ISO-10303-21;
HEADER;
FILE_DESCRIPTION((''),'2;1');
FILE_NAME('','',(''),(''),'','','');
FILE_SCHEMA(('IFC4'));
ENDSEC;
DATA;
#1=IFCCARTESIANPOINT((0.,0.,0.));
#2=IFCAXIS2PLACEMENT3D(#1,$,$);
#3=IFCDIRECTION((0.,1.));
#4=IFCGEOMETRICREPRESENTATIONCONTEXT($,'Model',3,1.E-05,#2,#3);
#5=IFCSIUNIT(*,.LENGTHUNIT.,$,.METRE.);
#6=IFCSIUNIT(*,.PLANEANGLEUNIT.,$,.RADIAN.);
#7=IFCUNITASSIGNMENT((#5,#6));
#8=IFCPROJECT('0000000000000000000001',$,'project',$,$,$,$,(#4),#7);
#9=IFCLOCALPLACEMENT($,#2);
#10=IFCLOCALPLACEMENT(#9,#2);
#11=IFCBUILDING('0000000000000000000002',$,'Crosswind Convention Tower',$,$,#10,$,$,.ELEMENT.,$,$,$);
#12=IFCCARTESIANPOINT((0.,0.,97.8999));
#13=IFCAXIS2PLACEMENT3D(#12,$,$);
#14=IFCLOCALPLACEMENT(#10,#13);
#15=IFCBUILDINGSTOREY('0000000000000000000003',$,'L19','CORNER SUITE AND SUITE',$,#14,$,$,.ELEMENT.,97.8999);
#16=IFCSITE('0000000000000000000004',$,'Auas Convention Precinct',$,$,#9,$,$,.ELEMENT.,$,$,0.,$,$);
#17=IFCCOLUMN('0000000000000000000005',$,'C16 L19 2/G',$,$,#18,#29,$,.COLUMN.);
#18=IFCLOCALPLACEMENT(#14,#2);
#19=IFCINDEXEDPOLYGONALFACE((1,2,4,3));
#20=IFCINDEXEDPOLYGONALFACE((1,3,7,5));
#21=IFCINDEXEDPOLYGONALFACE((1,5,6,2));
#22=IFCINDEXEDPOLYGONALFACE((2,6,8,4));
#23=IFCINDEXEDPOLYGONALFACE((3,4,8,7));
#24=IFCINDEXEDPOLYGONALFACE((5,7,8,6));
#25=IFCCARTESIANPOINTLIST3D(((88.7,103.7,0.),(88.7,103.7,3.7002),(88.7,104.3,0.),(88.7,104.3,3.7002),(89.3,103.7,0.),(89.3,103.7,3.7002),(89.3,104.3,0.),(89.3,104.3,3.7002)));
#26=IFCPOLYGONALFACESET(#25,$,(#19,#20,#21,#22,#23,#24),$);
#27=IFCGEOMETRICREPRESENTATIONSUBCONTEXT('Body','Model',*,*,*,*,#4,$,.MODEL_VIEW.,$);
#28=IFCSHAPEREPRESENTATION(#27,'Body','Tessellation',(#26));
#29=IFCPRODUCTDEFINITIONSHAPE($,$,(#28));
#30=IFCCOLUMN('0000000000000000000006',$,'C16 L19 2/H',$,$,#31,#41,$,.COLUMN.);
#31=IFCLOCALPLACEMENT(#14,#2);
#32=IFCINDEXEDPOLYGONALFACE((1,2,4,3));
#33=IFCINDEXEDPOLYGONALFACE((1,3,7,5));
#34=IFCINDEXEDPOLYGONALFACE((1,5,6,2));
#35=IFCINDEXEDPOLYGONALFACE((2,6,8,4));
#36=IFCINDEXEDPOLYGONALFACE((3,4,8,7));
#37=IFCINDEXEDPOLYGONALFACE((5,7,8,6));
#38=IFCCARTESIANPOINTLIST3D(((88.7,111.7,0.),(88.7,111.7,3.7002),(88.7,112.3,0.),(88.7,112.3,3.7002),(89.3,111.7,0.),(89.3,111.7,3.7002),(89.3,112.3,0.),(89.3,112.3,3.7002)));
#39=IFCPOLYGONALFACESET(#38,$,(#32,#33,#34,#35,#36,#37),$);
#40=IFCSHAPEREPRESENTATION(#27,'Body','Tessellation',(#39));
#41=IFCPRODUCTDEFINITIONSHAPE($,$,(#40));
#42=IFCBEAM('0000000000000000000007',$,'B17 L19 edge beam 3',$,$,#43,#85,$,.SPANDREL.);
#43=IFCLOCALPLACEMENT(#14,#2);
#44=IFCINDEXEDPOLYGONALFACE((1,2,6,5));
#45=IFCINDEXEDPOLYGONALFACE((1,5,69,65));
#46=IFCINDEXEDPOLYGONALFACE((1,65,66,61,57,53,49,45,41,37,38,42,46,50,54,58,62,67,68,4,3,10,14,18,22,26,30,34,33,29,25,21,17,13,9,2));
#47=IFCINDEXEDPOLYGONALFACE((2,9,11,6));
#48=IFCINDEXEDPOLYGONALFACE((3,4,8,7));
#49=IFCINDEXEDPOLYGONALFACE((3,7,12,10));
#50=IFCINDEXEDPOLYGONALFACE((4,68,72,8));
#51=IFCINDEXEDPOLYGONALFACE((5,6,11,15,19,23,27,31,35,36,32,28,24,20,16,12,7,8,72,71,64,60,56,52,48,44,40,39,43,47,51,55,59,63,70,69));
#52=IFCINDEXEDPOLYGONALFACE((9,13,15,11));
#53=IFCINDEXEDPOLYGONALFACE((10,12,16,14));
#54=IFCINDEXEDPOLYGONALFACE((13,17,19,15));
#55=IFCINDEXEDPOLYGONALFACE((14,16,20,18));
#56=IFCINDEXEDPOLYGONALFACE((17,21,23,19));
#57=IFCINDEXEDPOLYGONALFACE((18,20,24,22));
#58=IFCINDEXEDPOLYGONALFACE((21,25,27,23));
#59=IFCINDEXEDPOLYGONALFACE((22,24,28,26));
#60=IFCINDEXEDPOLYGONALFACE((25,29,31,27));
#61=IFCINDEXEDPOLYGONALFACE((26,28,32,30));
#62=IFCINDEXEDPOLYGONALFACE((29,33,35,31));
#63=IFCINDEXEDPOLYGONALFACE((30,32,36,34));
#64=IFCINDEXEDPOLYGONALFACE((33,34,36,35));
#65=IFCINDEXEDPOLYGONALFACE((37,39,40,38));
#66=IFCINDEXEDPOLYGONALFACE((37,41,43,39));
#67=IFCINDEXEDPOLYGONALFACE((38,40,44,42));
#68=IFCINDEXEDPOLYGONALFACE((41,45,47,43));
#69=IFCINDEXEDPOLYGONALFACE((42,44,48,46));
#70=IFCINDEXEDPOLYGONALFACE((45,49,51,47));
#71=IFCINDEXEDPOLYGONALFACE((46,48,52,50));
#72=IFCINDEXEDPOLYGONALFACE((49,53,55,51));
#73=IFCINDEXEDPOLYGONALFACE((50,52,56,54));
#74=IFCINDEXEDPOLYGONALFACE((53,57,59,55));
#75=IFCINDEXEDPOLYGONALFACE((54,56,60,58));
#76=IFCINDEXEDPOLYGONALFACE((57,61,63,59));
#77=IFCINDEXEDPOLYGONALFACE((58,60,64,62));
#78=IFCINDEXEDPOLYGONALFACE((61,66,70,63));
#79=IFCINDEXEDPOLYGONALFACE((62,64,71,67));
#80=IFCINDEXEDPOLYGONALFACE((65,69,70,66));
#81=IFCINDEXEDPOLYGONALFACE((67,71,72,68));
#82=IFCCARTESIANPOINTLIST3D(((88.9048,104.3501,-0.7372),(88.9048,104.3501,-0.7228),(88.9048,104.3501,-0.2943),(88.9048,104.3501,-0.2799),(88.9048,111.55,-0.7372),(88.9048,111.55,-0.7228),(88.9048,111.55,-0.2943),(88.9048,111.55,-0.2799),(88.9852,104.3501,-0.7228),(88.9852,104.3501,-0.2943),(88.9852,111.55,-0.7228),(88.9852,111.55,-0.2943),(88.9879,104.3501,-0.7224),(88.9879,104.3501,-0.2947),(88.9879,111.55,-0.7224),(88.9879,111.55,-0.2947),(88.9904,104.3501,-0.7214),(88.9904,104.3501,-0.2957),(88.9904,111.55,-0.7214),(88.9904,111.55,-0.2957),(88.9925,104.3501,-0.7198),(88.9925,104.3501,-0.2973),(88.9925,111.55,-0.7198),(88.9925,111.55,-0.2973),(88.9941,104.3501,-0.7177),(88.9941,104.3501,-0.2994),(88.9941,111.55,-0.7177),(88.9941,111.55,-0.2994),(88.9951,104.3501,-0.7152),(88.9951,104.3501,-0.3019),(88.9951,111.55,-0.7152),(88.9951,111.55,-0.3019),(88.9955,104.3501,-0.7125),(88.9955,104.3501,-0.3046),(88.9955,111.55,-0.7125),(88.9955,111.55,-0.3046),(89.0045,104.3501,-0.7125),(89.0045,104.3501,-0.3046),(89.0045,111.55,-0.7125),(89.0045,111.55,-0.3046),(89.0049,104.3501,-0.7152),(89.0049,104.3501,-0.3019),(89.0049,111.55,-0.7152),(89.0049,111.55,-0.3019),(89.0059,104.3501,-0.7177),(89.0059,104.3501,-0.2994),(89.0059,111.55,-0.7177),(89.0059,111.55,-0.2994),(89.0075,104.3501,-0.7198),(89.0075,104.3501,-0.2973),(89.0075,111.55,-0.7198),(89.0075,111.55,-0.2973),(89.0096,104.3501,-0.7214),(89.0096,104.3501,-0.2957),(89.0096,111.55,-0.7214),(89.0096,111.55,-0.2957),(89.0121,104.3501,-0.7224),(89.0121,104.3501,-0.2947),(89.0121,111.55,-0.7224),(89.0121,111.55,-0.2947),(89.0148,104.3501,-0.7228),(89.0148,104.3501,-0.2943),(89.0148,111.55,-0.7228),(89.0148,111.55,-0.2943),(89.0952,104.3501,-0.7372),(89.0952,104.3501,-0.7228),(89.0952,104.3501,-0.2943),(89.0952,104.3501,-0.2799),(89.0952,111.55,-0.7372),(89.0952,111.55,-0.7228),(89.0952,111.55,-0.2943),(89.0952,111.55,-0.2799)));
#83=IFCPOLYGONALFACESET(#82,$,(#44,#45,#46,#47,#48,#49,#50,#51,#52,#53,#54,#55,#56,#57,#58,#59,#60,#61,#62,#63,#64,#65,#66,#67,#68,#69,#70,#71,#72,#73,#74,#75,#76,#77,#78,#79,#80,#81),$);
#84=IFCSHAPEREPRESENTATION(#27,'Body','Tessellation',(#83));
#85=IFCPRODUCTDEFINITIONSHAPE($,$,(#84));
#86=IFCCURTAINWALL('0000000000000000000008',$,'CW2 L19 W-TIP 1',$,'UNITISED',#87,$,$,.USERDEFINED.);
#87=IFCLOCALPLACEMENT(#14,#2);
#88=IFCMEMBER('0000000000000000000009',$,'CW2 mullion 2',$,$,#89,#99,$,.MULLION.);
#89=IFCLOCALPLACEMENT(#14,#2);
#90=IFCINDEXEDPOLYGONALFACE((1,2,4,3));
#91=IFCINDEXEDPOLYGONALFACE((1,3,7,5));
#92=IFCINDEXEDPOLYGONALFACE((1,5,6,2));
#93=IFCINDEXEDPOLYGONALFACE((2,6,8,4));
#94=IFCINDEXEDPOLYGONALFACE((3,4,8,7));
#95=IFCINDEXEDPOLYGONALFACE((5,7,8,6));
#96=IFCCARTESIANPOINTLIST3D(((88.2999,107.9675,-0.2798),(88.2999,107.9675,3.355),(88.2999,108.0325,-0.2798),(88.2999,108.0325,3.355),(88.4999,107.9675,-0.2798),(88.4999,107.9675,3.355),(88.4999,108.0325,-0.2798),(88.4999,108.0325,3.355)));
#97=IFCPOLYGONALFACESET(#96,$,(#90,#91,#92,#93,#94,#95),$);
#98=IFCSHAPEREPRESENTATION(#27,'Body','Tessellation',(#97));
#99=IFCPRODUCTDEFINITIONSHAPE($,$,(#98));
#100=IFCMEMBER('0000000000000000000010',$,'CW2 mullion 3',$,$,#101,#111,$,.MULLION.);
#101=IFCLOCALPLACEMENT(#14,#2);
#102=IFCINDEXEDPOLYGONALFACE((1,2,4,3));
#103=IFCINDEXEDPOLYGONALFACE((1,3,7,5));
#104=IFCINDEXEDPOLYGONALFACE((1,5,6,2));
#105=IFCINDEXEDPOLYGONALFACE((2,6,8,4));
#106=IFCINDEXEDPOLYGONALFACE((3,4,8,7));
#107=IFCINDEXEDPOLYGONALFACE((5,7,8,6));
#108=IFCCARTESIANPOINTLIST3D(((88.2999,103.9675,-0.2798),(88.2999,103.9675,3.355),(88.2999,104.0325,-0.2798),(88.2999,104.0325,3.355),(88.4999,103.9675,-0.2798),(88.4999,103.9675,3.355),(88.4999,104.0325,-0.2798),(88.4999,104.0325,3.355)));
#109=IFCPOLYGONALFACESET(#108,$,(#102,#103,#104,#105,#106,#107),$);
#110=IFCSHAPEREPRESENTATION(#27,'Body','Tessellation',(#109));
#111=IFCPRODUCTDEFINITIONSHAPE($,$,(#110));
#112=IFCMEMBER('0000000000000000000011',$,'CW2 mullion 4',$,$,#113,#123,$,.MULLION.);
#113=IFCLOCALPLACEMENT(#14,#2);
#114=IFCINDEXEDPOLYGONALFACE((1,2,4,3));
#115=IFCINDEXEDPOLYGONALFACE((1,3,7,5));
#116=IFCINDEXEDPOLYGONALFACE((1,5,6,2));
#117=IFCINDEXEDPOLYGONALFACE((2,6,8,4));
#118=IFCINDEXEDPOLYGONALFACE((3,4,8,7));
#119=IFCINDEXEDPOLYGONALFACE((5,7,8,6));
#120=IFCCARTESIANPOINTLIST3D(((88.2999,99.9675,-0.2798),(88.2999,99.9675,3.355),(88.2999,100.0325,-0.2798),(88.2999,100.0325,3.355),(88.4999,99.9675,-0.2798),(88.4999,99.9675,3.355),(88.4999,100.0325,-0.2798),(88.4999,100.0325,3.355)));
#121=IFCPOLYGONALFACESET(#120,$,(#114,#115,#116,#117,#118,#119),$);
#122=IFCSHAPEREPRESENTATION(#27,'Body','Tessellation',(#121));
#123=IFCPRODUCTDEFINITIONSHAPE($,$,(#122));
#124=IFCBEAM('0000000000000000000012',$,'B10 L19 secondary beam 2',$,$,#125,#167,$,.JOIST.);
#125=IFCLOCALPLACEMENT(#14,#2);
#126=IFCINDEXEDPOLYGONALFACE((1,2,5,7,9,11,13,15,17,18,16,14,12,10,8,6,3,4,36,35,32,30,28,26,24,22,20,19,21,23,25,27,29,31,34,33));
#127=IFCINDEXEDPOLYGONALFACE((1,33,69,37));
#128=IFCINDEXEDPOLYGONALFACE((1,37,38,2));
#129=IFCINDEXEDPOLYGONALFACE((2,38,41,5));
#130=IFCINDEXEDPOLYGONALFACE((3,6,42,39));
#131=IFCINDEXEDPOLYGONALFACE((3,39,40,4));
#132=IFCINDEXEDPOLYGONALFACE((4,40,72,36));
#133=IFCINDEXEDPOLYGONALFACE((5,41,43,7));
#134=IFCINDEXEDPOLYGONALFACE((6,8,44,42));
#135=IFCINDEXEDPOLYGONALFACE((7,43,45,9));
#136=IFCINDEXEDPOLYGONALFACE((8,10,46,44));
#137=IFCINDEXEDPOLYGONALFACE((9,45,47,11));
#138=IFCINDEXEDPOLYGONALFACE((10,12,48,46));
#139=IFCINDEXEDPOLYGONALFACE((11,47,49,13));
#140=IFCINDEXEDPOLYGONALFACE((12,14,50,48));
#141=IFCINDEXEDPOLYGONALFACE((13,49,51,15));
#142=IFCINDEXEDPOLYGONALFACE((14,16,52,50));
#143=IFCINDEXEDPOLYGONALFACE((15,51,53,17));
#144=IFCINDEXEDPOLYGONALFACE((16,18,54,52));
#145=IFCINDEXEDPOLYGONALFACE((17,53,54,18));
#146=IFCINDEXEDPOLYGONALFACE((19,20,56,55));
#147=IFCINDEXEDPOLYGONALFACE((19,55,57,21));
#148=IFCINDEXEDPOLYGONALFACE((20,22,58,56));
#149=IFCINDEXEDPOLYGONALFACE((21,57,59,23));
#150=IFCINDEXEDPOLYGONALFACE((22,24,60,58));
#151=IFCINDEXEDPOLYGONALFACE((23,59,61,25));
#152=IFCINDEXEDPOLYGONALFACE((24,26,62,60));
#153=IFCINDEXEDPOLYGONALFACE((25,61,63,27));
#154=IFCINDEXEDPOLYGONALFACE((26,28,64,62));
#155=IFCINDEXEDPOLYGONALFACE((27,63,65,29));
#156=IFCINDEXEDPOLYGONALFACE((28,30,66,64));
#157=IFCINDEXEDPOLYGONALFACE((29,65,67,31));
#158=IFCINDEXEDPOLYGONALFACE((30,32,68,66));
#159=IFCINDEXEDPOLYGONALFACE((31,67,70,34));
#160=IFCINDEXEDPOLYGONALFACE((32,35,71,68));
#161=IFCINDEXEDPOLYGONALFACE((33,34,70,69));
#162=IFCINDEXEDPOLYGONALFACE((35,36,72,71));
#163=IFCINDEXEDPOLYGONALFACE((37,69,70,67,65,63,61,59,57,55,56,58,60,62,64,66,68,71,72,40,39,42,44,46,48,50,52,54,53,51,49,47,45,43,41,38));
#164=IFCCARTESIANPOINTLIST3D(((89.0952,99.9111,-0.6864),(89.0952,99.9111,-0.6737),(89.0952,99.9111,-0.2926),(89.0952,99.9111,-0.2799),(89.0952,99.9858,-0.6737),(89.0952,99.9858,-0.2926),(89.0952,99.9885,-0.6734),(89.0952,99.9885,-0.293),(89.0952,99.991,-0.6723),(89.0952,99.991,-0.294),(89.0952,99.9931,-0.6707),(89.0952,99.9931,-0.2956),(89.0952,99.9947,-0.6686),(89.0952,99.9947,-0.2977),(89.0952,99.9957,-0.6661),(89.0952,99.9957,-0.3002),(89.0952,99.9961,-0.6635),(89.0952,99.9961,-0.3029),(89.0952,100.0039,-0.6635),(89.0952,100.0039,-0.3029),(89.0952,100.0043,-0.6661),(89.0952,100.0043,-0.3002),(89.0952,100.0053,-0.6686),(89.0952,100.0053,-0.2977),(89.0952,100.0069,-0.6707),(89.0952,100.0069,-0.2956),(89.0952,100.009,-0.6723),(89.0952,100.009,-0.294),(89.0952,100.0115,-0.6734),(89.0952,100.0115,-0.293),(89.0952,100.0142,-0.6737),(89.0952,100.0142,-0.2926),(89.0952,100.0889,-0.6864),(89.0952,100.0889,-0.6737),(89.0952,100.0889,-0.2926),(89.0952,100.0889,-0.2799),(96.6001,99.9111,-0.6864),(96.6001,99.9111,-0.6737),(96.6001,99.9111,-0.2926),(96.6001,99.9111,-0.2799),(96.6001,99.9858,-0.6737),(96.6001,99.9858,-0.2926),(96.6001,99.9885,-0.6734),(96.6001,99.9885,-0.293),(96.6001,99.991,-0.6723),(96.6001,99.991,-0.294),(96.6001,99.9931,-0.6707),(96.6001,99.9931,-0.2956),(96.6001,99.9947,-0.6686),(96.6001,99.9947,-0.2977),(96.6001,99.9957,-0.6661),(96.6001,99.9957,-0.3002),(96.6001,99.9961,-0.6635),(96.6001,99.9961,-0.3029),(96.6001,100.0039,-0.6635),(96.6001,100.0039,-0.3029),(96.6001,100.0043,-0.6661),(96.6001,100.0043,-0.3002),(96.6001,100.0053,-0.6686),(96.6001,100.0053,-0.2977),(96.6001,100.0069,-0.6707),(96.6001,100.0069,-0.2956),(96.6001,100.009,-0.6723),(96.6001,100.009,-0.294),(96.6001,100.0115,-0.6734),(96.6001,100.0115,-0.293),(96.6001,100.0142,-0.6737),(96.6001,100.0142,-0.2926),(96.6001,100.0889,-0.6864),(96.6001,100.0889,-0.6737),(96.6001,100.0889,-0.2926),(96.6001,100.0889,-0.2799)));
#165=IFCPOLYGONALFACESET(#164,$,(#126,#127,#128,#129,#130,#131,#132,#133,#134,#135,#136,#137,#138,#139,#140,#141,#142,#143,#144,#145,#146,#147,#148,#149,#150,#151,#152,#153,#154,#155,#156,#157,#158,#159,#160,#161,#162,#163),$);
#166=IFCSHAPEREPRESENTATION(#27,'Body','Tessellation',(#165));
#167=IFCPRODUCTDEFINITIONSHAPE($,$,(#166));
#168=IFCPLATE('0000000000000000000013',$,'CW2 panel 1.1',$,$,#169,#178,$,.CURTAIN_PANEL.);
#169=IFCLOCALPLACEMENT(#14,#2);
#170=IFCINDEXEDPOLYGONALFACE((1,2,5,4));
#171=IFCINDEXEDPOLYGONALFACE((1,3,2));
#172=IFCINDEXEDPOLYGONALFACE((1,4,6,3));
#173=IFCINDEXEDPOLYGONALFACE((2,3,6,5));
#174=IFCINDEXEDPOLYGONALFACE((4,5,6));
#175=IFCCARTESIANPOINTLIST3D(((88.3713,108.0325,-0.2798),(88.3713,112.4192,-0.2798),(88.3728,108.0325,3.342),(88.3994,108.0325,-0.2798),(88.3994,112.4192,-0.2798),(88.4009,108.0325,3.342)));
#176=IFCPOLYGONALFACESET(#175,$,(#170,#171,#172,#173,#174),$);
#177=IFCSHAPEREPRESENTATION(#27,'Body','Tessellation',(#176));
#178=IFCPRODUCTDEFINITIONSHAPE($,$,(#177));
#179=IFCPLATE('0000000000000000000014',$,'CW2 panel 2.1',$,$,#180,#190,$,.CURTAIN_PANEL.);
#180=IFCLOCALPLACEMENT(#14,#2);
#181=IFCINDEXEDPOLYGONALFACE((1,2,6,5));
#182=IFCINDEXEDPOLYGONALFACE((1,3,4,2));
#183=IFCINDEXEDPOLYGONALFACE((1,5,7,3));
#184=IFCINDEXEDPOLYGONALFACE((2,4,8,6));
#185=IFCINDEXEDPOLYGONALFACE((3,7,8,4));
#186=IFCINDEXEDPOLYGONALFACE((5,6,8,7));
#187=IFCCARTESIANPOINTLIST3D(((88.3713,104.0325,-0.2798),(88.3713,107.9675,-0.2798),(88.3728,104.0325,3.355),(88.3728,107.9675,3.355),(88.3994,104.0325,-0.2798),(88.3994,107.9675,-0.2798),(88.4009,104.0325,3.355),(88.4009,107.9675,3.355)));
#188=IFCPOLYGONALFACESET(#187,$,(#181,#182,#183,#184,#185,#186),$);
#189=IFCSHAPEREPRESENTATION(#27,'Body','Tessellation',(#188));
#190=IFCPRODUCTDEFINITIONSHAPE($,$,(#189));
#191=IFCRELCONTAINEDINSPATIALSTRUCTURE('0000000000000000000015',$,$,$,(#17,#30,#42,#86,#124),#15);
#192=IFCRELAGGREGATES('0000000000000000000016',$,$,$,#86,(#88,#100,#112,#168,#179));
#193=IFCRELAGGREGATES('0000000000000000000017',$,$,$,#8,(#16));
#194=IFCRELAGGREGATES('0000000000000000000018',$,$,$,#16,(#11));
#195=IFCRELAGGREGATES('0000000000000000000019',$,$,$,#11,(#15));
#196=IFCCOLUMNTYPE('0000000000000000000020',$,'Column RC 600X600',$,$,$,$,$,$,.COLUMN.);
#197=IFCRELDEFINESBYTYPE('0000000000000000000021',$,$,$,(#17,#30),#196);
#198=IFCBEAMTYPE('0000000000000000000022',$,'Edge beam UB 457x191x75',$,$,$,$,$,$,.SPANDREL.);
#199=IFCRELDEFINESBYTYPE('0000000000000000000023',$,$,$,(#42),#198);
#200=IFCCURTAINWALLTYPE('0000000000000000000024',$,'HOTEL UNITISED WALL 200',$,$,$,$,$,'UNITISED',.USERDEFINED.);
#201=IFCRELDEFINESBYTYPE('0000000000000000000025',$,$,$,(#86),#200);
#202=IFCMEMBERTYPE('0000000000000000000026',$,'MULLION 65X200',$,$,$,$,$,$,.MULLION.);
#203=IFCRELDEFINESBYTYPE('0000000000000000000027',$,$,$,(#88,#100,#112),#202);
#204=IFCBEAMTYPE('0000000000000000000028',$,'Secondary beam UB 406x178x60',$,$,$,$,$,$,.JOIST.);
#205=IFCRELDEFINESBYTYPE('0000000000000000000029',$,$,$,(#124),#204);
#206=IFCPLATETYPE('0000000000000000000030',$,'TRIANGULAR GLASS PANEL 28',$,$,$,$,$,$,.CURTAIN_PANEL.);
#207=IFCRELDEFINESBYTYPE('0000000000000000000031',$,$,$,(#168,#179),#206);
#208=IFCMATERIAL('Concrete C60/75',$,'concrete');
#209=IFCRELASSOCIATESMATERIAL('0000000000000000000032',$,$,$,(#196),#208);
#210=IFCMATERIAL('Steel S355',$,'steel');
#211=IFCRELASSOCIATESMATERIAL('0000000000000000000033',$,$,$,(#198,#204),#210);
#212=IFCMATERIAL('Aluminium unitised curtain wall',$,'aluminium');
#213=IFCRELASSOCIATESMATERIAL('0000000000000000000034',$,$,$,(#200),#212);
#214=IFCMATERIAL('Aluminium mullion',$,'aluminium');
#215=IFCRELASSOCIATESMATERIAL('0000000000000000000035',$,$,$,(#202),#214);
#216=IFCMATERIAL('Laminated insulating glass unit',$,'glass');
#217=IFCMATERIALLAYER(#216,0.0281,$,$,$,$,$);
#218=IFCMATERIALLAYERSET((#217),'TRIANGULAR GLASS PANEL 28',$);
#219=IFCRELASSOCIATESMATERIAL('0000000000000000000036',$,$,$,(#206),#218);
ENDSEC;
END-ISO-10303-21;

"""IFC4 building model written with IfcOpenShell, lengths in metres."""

from ifc_helpers import new_model, si_unit, direction, frame, origin, origin_2d, place, context, subcontext, project, spatial, polyline, rectangle, i_section, outline, extrude, material, layer, layer_set, material_profile, profile_set, type_object, element, aggregate, save


model = new_model("IFC4")

# Units and contexts
model_context = context("Model", 3, precision=1e-05, world=origin(), true_north=direction((0.0, 1.0)))
body_context = subcontext(model_context, "Body", "Model", "MODEL_VIEW")
ifc_project = project(units=[si_unit("LENGTHUNIT", "METRE"), si_unit("PLANEANGLEUNIT", "RADIAN")], contexts=[model_context])

# Site, building, storey
site_placement = place(None, origin())
site = spatial("IfcSite", under=ifc_project, at=site_placement, Name="Auas Convention Precinct", CompositionType="ELEMENT", RefElevation=0.0)
building_placement = place(site_placement, origin())
building = spatial("IfcBuilding", under=site, at=building_placement, Name="Crosswind Convention Tower", CompositionType="ELEMENT")
storey_placement = place(building_placement, frame((0.0, 0.0, 97.8999)))
storey = spatial("IfcBuildingStorey", under=building, at=storey_placement, Name="L19", Description="CORNER SUITE AND SUITE", CompositionType="ELEMENT", Elevation=97.8999)

# Columns
ifc_material_1 = material(Name="Concrete C60/75", Category="concrete")
ifc_material_profile_1 = material_profile(ifc_material_1, rectangle(XDim=0.6001, YDim=0.6001, at=origin_2d()), Name="RC 600X600")
ifc_profile_set_1 = profile_set([ifc_material_profile_1], Name="Concrete C60/75")
column_type = type_object("IfcColumnType", Name="Column RC 600X600", PredefinedType="COLUMN", material=ifc_profile_set_1)
for number, where, z_axis, x_axis, name in (
    (1, (89.0, 104.0, 0.0), (0.0, 0.0, 1.0), (1.0, 0.0, 0.0), "C16 L19 2/G"),
    (2, (89.0, 112.0, 0.0), (0.0, 0.0, 1.0), (1.0, 0.0, 0.0), "C16 L19 2/H"),
):
    element("IfcColumn", number, at=place(storey_placement, frame(where, z_axis=z_axis, x_axis=x_axis)), inside=storey, type_object=column_type, Name=name, PredefinedType="COLUMN", context=body_context, shape_type="SweptSolid", body=[
        extrude(rectangle(XDim=0.6001, YDim=0.6001, at=origin_2d()), origin(), (0.0, 0.0, 1.0), 3.7002),
    ])

# Beam
ifc_material_2 = material(Name="Steel S355", Category="steel")
ifc_material_profile_2 = material_profile(ifc_material_2, i_section(OverallWidth=0.1904, OverallDepth=0.4573, WebThickness=0.009, FlangeThickness=0.0144, FilletRadius=0.0103, at=origin_2d()), Name="UB 457x191x75")
ifc_profile_set_2 = profile_set([ifc_material_profile_2], Name="Steel S355")
beam_type_1 = type_object("IfcBeamType", Name="Edge beam UB 457x191x75", PredefinedType="SPANDREL", material=ifc_profile_set_2)
beam_1_placement = place(storey_placement, frame((89.0, 104.3501, -0.5085), z_axis=(0.0, 1.0, 0.0), x_axis=(-1.0, 0.0, 0.0)))
element("IfcBeam", 3, at=beam_1_placement, inside=storey, type_object=beam_type_1, Name="B17 L19 edge beam 3", PredefinedType="SPANDREL", context=body_context, shape_type="SweptSolid", body=[
    extrude(i_section(OverallWidth=0.1904, OverallDepth=0.4573, WebThickness=0.009, FlangeThickness=0.0144, FilletRadius=0.0103, at=origin_2d()), origin(), (0.0, 0.0, 1.0), 7.2),
])

# Curtain wall, members
ifc_material_3 = material(Name="Aluminium unitised curtain wall", Category="aluminium")
curtain_wall_type = type_object("IfcCurtainWallType", Name="HOTEL UNITISED WALL 200", ElementType="UNITISED", PredefinedType="USERDEFINED", material=ifc_material_3)
curtain_wall_placement = place(storey_placement, origin())
curtain_wall = element("IfcCurtainWall", 4, at=curtain_wall_placement, inside=storey, type_object=curtain_wall_type, Name="CW2 L19 W-TIP 1", ObjectType="UNITISED", PredefinedType="USERDEFINED")
ifc_material_4 = material(Name="Aluminium mullion", Category="aluminium")
ifc_material_profile_3 = material_profile(ifc_material_4, rectangle(XDim=0.2, YDim=0.0649, at=origin_2d()), Name="AL 200X65")
ifc_profile_set_3 = profile_set([ifc_material_profile_3], Name="Aluminium mullion")
member_type = type_object("IfcMemberType", Name="MULLION 65X200", PredefinedType="MULLION", material=ifc_profile_set_3)
member_1_placement = place(storey_placement, frame((88.3999, 108.0, -0.2798), z_axis=(0.0, 0.0, 1.0), x_axis=(-1.0, 0.0, 0.0)))
member_1 = element("IfcMember", 5, at=member_1_placement, type_object=member_type, Name="CW2 mullion 2", PredefinedType="MULLION", context=body_context, shape_type="SweptSolid", body=[
    extrude(rectangle(XDim=0.2, YDim=0.0649, at=origin_2d()), origin(), (0.0, 0.0, 1.0), 3.6348),
])
member_2_placement = place(storey_placement, frame((88.3999, 104.0, -0.2798), z_axis=(0.0, 0.0, 1.0), x_axis=(-1.0, 0.0, 0.0)))
member_2 = element("IfcMember", 6, at=member_2_placement, type_object=member_type, Name="CW2 mullion 3", PredefinedType="MULLION", context=body_context, shape_type="SweptSolid", body=[
    extrude(rectangle(XDim=0.2, YDim=0.0649, at=origin_2d()), origin(), (0.0, 0.0, 1.0), 3.6348),
])
member_3_placement = place(storey_placement, frame((88.3999, 100.0, -0.2798), z_axis=(0.0, 0.0, 1.0), x_axis=(-1.0, 0.0, 0.0)))
member_3 = element("IfcMember", 7, at=member_3_placement, type_object=member_type, Name="CW2 mullion 4", PredefinedType="MULLION", context=body_context, shape_type="SweptSolid", body=[
    extrude(rectangle(XDim=0.2, YDim=0.0649, at=origin_2d()), origin(), (0.0, 0.0, 1.0), 3.6348),
])

# Beam
ifc_material_profile_4 = material_profile(ifc_material_2, i_section(OverallWidth=0.1777, OverallDepth=0.4065, WebThickness=0.0078, FlangeThickness=0.0127, FilletRadius=0.0103, at=origin_2d()), Name="UB 406x178x60")
ifc_profile_set_4 = profile_set([ifc_material_profile_4], Name="Steel S355")
beam_type_2 = type_object("IfcBeamType", Name="Secondary beam UB 406x178x60", PredefinedType="JOIST", material=ifc_profile_set_4)
beam_2_placement = place(storey_placement, frame((89.0952, 100.0, -0.4832), z_axis=(1.0, 0.0, 0.0), x_axis=(0.0, 1.0, 0.0)))
element("IfcBeam", 8, at=beam_2_placement, inside=storey, type_object=beam_type_2, Name="B10 L19 secondary beam 2", PredefinedType="JOIST", context=body_context, shape_type="SweptSolid", body=[
    extrude(i_section(OverallWidth=0.1777, OverallDepth=0.4065, WebThickness=0.0078, FlangeThickness=0.0127, FilletRadius=0.0103, at=origin_2d()), origin(), (0.0, 0.0, 1.0), 7.5049),
])

# Plates
ifc_material_5 = material(Name="Laminated insulating glass unit", Category="glass")
ifc_layer_1 = layer(ifc_material_5, 0.0281)
ifc_layer_set_1 = layer_set([ifc_layer_1], Name="TRIANGULAR GLASS PANEL 28")
plate_type = type_object("IfcPlateType", Name="TRIANGULAR GLASS PANEL 28", PredefinedType="CURTAIN_PANEL", material=ifc_layer_set_1)
plate_1_placement = place(storey_placement, frame((88.3713, 108.0325, -0.2798), z_axis=(-1.0, 0.0, 0.000404), x_axis=(0.000404, 0.0, 1.0)))
plate_1 = element("IfcPlate", 9, at=plate_1_placement, type_object=plate_type, Name="CW2 panel 1.1", PredefinedType="CURTAIN_PANEL", context=body_context, shape_type="SweptSolid", body=[
    extrude(outline(polyline([(0.0, 0.0), (3.6218, 0.0), (0.0, 4.3867), (0.0, 0.0)])), origin(), (0.0, 0.0, -1.0), 0.0281),
])
plate_2_placement = place(storey_placement, frame((88.3713, 107.9675, -0.2798), z_axis=(-1.0, 0.0, 0.000403), x_axis=(0.0, -1.0, 0.0)))
plate_2 = element("IfcPlate", 10, at=plate_2_placement, type_object=plate_type, Name="CW2 panel 2.1", PredefinedType="CURTAIN_PANEL", context=body_context, shape_type="SweptSolid", body=[
    extrude(outline(polyline([(0.0, 0.0), (3.9351, 0.0), (3.9351, 3.6348), (0.0, 3.6348), (0.0, 0.0)])), origin(), (0.0, 0.0, -1.0), 0.0281),
])
aggregate(curtain_wall, [member_1, member_2, member_3, plate_1, plate_2])

save(model, "model.ifc")
